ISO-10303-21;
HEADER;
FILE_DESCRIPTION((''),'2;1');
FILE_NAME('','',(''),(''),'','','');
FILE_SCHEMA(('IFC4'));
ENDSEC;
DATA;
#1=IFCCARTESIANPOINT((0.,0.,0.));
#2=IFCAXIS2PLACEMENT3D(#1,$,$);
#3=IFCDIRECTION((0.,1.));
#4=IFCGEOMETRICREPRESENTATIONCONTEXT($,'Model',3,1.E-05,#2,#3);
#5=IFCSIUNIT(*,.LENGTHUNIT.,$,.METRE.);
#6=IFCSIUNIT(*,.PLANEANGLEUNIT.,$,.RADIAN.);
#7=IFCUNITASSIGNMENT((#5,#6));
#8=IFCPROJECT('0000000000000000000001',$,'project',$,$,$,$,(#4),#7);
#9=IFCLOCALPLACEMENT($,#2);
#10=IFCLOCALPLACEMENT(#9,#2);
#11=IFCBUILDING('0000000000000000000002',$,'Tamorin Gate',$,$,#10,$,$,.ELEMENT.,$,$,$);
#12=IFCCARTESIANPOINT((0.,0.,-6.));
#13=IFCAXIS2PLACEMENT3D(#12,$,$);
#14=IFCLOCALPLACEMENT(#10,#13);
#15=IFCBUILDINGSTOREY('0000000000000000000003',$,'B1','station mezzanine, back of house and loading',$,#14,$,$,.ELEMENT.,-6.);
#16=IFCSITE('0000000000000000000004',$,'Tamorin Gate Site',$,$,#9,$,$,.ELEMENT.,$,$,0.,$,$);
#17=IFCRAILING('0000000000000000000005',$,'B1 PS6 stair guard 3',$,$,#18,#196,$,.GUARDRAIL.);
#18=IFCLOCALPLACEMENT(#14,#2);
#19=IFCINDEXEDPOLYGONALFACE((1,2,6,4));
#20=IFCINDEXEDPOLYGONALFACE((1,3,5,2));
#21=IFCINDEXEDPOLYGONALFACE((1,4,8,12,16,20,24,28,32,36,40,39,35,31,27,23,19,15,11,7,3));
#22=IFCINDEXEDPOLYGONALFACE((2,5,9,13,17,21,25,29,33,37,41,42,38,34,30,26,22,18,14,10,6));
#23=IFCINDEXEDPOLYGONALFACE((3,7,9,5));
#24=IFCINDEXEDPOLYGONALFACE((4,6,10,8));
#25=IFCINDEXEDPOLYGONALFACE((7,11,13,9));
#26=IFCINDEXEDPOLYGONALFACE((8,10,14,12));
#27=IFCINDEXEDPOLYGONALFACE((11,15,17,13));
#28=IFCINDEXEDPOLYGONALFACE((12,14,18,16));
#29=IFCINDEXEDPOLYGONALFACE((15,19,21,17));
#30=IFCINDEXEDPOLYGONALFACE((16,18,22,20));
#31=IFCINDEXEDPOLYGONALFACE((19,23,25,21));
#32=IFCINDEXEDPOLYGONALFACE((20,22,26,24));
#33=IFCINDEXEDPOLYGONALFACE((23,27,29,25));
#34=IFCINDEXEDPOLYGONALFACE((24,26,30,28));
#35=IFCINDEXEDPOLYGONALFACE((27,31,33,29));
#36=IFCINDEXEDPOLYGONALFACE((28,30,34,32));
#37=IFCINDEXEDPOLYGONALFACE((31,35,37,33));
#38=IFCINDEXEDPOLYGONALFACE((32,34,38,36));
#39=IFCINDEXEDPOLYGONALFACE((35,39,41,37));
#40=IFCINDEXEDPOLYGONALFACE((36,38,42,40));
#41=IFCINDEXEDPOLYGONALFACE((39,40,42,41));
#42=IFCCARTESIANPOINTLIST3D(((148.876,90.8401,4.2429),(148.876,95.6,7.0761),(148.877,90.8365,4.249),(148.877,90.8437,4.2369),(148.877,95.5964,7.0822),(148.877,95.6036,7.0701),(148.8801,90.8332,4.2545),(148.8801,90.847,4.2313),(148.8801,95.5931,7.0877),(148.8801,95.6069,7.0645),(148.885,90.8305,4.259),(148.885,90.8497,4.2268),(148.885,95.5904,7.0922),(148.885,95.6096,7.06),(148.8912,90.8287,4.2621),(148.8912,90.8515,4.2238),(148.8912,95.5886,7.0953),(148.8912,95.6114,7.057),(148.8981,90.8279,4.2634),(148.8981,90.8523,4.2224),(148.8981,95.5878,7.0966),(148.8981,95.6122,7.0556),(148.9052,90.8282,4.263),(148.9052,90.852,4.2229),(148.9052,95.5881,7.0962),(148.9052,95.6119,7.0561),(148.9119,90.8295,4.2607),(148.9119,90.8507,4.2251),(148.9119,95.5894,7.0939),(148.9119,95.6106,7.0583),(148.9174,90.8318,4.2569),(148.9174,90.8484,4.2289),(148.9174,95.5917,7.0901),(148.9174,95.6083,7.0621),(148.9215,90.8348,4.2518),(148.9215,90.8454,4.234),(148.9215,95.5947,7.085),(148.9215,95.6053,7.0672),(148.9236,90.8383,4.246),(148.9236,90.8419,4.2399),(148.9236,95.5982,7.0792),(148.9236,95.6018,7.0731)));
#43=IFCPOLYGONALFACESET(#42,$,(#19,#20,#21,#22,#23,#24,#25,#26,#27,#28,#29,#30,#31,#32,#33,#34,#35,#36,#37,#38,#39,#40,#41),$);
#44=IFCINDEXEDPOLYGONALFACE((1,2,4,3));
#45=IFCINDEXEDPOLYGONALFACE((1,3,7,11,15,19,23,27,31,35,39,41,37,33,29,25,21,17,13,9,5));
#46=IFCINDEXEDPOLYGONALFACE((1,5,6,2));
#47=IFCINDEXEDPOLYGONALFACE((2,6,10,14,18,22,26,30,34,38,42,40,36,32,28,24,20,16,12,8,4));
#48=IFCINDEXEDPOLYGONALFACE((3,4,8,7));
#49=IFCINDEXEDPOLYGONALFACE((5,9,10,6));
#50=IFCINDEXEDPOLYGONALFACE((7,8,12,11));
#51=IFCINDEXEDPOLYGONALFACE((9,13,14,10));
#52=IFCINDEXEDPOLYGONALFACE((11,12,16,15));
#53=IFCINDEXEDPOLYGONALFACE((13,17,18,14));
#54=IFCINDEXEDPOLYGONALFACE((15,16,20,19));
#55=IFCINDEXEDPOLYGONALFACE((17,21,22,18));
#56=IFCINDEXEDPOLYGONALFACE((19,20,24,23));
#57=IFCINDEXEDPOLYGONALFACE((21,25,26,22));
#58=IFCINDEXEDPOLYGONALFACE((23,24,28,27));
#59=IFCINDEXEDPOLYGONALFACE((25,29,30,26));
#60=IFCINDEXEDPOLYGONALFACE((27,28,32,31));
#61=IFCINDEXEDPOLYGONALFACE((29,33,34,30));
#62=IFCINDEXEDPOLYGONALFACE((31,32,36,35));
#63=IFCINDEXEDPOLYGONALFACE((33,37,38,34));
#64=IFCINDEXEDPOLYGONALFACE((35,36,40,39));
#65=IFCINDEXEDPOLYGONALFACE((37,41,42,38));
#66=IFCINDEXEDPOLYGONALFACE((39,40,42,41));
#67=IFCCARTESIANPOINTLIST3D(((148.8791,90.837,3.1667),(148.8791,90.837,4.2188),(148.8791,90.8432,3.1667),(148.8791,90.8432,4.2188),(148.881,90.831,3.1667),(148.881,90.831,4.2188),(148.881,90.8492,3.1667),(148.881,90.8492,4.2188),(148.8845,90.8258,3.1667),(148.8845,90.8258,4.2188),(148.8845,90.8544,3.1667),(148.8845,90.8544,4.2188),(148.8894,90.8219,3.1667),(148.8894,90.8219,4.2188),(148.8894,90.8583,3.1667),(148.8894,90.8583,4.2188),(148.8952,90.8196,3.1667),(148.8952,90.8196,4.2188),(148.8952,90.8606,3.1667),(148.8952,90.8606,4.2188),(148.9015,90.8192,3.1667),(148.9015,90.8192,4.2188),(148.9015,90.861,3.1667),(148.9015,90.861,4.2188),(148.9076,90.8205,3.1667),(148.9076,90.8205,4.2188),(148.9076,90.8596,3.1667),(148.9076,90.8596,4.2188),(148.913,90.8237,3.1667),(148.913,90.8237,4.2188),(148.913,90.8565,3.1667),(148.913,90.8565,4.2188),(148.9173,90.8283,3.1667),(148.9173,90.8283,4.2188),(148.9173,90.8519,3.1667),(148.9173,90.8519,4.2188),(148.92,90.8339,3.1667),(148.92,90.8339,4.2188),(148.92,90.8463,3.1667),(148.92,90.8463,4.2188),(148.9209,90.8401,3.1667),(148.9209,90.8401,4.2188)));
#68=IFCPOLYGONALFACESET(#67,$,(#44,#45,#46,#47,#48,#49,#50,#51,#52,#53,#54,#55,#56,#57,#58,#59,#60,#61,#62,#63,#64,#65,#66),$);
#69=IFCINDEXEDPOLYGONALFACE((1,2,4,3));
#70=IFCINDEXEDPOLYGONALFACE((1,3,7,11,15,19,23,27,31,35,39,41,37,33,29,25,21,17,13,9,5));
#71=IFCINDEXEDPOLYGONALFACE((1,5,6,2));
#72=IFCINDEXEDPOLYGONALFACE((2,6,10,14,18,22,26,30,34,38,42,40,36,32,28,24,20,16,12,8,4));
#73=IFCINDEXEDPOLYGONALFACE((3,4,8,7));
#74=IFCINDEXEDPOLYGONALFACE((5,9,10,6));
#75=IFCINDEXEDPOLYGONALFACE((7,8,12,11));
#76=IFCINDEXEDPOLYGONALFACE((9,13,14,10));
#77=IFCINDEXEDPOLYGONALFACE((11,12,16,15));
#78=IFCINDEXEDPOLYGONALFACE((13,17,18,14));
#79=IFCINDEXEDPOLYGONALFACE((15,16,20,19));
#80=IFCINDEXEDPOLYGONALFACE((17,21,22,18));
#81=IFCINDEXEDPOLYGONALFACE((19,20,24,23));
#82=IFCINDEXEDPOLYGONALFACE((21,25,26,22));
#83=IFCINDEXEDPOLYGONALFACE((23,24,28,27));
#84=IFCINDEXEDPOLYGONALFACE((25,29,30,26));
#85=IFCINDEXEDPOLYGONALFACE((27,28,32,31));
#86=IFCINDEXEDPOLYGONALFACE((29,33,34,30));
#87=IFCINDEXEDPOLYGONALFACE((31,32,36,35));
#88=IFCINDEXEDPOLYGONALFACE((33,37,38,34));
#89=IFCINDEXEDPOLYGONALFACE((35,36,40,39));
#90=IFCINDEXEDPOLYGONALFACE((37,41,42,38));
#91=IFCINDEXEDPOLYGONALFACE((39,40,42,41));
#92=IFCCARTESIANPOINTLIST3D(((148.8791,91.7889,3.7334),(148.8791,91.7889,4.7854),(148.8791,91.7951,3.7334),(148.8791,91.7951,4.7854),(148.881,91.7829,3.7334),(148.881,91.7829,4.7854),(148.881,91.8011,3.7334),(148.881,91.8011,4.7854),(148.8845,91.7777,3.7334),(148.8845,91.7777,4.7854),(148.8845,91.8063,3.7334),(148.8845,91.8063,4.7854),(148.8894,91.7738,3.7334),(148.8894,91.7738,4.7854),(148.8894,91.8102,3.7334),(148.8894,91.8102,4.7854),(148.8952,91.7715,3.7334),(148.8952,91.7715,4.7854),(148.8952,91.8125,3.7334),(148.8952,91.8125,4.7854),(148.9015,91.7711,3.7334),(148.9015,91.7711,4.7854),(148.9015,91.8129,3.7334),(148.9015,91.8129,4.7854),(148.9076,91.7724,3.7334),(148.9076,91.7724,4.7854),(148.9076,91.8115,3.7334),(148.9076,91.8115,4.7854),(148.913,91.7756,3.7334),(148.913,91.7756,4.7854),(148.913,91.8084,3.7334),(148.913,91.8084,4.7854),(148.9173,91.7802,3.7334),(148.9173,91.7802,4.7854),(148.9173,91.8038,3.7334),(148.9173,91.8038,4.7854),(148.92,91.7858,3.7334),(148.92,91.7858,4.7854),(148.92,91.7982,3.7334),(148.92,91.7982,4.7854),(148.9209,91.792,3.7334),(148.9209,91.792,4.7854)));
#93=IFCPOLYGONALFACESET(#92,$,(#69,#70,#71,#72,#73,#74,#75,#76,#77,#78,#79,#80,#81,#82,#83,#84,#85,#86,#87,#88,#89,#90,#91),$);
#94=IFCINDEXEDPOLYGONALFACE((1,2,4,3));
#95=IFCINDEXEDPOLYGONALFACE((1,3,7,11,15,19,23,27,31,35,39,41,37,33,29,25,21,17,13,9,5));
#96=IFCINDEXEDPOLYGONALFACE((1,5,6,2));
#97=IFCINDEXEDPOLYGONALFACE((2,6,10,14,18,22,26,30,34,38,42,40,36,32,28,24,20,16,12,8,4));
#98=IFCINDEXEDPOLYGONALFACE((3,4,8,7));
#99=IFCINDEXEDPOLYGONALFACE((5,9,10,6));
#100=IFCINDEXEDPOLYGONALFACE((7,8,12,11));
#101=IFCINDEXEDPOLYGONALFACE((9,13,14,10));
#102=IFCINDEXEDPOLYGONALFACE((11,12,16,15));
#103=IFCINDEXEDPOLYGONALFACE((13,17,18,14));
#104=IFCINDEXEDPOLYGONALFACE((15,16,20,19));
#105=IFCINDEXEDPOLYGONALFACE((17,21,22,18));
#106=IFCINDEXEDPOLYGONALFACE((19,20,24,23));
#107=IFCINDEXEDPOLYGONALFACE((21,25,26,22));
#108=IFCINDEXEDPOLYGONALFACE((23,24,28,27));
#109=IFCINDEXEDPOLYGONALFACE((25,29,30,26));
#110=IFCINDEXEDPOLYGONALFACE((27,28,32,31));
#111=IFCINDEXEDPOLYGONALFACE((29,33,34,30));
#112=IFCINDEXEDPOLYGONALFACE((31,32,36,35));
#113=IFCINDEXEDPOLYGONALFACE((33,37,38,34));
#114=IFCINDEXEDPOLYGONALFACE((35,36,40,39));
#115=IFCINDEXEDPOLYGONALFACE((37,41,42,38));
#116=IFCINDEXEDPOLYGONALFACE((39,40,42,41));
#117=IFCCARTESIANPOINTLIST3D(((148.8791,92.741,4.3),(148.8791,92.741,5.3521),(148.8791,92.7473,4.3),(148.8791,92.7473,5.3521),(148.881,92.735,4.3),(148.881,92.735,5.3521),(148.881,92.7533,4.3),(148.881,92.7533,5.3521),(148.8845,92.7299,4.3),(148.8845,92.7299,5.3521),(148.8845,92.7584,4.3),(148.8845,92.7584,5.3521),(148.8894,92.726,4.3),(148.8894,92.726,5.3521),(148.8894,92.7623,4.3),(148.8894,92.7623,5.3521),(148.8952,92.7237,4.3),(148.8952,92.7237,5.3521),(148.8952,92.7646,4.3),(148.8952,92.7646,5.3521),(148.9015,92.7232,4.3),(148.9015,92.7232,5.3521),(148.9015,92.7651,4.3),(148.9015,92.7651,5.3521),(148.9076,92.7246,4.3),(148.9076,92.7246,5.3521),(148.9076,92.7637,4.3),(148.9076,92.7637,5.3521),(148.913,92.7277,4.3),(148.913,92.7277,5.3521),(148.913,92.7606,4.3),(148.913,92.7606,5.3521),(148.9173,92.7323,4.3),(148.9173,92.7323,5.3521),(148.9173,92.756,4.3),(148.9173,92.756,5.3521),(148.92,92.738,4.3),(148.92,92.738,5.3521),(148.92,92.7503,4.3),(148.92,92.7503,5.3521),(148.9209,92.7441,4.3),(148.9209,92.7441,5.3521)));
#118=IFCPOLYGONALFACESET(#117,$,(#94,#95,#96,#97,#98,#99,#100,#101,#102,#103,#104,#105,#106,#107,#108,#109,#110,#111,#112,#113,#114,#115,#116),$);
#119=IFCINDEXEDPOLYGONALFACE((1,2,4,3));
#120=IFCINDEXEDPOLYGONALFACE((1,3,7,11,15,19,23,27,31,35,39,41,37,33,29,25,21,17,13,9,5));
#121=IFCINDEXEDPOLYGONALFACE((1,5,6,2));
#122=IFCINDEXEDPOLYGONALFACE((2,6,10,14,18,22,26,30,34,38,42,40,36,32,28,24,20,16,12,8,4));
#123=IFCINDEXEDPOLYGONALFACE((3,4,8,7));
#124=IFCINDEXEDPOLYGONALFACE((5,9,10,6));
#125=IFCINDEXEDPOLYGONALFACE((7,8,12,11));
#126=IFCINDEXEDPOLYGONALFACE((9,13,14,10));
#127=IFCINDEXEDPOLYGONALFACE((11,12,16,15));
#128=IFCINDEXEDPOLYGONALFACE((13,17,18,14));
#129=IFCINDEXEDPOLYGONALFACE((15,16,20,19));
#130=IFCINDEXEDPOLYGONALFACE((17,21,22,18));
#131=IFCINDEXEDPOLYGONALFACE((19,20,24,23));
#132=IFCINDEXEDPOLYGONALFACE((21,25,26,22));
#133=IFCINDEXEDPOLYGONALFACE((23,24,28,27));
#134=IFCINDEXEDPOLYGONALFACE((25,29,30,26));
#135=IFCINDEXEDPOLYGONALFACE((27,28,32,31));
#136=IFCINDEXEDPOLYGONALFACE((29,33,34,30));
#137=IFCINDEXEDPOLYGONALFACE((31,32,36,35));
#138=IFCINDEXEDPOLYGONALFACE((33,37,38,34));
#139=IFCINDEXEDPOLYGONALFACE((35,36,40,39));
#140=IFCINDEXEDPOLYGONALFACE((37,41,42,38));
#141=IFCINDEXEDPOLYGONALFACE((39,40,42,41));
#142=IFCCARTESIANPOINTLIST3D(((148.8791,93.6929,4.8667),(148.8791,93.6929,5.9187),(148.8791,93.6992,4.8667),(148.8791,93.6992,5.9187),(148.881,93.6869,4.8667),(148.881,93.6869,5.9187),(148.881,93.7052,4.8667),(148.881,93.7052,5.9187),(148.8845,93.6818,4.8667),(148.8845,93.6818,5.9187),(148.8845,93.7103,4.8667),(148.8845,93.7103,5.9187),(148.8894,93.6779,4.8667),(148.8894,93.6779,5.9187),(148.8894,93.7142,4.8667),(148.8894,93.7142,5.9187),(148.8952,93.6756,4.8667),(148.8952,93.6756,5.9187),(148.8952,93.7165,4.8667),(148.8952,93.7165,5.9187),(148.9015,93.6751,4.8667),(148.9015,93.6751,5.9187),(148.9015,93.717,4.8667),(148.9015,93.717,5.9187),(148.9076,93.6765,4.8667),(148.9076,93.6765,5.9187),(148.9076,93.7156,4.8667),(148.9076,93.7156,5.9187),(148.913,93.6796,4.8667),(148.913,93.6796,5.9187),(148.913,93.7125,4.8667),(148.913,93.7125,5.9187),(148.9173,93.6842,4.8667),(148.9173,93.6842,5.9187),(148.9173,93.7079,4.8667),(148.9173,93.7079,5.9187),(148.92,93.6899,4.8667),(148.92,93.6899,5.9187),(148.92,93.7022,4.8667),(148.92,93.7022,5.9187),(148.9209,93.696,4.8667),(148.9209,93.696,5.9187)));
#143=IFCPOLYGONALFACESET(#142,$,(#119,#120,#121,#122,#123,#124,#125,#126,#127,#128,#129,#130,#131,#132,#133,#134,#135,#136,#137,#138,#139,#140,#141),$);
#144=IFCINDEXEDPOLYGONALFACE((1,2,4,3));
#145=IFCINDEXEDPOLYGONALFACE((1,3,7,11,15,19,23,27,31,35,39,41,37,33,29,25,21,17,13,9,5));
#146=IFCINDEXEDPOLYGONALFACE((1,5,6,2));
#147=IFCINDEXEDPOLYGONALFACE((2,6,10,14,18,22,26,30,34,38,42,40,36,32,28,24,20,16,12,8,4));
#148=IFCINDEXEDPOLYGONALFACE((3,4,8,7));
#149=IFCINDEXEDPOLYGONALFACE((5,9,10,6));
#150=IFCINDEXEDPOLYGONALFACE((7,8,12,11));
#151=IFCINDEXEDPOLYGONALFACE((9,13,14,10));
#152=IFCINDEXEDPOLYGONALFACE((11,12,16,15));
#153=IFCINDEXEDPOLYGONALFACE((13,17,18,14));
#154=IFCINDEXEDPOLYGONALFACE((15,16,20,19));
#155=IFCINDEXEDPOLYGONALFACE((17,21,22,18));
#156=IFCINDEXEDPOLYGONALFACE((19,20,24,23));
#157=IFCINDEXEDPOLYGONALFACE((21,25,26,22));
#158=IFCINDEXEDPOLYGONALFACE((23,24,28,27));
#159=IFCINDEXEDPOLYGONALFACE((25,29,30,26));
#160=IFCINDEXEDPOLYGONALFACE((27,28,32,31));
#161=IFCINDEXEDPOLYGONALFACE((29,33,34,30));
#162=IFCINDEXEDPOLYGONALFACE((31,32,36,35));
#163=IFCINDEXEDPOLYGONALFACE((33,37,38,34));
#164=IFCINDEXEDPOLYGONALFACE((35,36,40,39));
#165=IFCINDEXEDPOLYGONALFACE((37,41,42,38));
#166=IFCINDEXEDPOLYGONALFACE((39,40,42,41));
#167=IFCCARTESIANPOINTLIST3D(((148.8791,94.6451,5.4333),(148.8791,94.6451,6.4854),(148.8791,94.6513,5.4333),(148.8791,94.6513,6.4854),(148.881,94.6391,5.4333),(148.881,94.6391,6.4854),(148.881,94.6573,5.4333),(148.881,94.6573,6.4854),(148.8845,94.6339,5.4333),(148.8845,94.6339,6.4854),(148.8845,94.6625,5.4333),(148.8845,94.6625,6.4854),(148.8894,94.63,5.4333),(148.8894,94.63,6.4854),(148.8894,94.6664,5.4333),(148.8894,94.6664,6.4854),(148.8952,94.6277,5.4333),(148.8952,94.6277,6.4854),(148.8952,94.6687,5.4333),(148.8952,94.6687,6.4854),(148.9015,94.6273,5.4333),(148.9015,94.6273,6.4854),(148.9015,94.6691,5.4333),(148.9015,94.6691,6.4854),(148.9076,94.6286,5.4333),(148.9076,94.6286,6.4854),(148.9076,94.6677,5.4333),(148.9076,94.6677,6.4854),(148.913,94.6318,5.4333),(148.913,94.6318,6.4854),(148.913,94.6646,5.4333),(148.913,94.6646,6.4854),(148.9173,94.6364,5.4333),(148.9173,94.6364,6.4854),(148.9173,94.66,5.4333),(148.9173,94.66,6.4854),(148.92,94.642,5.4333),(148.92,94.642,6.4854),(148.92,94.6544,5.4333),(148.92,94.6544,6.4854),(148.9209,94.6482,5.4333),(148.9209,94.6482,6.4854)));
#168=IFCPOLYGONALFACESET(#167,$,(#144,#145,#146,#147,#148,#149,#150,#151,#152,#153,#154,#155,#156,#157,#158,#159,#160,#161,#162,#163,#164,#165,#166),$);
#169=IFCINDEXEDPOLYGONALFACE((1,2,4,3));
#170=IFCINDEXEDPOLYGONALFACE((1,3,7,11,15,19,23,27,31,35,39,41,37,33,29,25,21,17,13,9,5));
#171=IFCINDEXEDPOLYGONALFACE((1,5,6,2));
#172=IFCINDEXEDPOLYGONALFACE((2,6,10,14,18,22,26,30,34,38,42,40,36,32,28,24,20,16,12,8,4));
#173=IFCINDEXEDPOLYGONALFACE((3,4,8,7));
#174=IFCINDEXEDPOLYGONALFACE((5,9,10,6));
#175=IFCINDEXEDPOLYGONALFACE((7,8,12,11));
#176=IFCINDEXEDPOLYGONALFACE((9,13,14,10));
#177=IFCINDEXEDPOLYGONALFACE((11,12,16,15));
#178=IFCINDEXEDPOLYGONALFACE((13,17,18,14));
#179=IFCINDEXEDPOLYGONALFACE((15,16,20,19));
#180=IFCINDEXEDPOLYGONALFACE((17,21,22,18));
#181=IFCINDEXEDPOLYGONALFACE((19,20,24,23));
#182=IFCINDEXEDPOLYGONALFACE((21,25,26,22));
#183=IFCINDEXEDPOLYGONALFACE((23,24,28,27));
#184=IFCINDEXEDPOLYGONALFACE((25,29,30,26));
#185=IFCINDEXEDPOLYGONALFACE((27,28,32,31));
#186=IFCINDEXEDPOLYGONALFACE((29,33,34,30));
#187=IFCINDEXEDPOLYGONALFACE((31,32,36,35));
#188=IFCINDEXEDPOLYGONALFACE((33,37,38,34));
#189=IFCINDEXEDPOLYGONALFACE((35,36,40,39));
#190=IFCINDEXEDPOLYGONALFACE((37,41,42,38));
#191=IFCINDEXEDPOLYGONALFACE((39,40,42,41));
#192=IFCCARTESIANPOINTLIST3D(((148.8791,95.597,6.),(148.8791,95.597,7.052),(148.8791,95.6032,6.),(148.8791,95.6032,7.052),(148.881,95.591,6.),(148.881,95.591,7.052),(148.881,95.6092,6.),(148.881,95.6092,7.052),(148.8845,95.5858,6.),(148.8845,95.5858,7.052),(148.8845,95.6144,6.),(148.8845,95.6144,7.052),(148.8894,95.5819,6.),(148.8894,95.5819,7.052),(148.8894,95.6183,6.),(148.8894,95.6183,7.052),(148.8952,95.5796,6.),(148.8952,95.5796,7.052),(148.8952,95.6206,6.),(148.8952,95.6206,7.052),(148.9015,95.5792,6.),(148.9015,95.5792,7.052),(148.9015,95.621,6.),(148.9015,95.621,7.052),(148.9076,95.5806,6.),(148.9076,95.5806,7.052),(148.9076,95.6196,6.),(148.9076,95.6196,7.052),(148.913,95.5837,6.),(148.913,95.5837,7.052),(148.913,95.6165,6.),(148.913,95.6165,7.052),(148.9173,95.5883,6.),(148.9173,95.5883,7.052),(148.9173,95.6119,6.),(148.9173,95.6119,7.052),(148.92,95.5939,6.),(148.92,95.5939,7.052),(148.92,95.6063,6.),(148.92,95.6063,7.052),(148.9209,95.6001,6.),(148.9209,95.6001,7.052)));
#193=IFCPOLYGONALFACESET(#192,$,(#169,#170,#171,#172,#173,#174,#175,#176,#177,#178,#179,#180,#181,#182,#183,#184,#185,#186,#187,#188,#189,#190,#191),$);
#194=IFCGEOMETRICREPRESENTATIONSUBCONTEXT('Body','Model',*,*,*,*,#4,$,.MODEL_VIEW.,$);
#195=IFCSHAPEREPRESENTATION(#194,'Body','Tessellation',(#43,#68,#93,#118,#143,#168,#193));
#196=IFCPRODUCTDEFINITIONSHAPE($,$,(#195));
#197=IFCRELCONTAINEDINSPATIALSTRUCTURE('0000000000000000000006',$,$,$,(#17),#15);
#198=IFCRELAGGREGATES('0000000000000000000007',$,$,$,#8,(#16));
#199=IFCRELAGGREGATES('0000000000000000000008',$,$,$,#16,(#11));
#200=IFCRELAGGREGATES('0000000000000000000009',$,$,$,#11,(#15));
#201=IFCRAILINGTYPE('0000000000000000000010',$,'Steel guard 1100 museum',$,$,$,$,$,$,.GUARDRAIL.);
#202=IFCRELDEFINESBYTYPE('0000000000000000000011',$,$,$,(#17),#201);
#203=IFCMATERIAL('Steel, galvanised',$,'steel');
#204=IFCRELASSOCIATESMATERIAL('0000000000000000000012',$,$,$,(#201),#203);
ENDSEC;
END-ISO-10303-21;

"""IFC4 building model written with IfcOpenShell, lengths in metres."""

from ifc_helpers import new_model, si_unit, direction, frame, origin, origin_2d, place, context, subcontext, project, spatial, circle, extrude, material, type_object, element, save


model = new_model("IFC4")

# Units and contexts
model_context = context("Model", 3, precision=1e-05, world=origin(), true_north=direction((0.0, 1.0)))
body_context = subcontext(model_context, "Body", "Model", "MODEL_VIEW")
ifc_project = project(units=[si_unit("LENGTHUNIT", "METRE"), si_unit("PLANEANGLEUNIT", "RADIAN")], contexts=[model_context])

# Site, building, storey
site_placement = place(None, origin())
site = spatial("IfcSite", under=ifc_project, at=site_placement, Name="Tamorin Gate Site", CompositionType="ELEMENT", RefElevation=0.0)
building_placement = place(site_placement, origin())
building = spatial("IfcBuilding", under=site, at=building_placement, Name="Tamorin Gate", CompositionType="ELEMENT")
storey_placement = place(building_placement, frame((0.0, 0.0, -6.0)))
storey = spatial("IfcBuildingStorey", under=building, at=storey_placement, Name="B1", Description="station mezzanine, back of house and loading", CompositionType="ELEMENT", Elevation=-6.0)

# Railing
ifc_material_1 = material(Name="Steel, galvanised", Category="steel")
railing_type_1 = type_object("IfcRailingType", Name="Steel guard 1100 museum", PredefinedType="GUARDRAIL", material=ifc_material_1)
railing_1_placement = place(storey_placement, frame((148.8999, 90.8401, 3.1667)))
element("IfcRailing", 1, at=railing_1_placement, inside=storey, type_object=railing_type_1, Name="B1 PS6 stair guard 3", PredefinedType="GUARDRAIL", context=body_context, shape_type="SweptSolid", body=[
    extrude(circle(Radius=0.0239, at=origin_2d()), frame((0.0, 0.0, 1.0762), z_axis=(0.0, 0.8593, 0.511472), x_axis=(-1.0, 0.0, 0.0)), (0.0, 0.0, 1.0), 5.5393),
    extrude(circle(Radius=0.021, at=origin_2d()), origin(), (0.0, 0.0, 1.0), 1.052),
    extrude(circle(Radius=0.021, at=origin_2d()), frame((0.0, 0.9519, 0.5667)), (0.0, 0.0, 1.0), 1.052),
    extrude(circle(Radius=0.021, at=origin_2d()), frame((0.0, 1.9041, 1.1333)), (0.0, 0.0, 1.0), 1.052),
    extrude(circle(Radius=0.021, at=origin_2d()), frame((0.0, 2.856, 1.7)), (0.0, 0.0, 1.0), 1.052),
    extrude(circle(Radius=0.021, at=origin_2d()), frame((0.0, 3.8081, 2.2666)), (0.0, 0.0, 1.0), 1.052),
    extrude(circle(Radius=0.021, at=origin_2d()), frame((0.0, 4.76, 2.8333)), (0.0, 0.0, 1.0), 1.052),
])

save(model, "model.ifc")
